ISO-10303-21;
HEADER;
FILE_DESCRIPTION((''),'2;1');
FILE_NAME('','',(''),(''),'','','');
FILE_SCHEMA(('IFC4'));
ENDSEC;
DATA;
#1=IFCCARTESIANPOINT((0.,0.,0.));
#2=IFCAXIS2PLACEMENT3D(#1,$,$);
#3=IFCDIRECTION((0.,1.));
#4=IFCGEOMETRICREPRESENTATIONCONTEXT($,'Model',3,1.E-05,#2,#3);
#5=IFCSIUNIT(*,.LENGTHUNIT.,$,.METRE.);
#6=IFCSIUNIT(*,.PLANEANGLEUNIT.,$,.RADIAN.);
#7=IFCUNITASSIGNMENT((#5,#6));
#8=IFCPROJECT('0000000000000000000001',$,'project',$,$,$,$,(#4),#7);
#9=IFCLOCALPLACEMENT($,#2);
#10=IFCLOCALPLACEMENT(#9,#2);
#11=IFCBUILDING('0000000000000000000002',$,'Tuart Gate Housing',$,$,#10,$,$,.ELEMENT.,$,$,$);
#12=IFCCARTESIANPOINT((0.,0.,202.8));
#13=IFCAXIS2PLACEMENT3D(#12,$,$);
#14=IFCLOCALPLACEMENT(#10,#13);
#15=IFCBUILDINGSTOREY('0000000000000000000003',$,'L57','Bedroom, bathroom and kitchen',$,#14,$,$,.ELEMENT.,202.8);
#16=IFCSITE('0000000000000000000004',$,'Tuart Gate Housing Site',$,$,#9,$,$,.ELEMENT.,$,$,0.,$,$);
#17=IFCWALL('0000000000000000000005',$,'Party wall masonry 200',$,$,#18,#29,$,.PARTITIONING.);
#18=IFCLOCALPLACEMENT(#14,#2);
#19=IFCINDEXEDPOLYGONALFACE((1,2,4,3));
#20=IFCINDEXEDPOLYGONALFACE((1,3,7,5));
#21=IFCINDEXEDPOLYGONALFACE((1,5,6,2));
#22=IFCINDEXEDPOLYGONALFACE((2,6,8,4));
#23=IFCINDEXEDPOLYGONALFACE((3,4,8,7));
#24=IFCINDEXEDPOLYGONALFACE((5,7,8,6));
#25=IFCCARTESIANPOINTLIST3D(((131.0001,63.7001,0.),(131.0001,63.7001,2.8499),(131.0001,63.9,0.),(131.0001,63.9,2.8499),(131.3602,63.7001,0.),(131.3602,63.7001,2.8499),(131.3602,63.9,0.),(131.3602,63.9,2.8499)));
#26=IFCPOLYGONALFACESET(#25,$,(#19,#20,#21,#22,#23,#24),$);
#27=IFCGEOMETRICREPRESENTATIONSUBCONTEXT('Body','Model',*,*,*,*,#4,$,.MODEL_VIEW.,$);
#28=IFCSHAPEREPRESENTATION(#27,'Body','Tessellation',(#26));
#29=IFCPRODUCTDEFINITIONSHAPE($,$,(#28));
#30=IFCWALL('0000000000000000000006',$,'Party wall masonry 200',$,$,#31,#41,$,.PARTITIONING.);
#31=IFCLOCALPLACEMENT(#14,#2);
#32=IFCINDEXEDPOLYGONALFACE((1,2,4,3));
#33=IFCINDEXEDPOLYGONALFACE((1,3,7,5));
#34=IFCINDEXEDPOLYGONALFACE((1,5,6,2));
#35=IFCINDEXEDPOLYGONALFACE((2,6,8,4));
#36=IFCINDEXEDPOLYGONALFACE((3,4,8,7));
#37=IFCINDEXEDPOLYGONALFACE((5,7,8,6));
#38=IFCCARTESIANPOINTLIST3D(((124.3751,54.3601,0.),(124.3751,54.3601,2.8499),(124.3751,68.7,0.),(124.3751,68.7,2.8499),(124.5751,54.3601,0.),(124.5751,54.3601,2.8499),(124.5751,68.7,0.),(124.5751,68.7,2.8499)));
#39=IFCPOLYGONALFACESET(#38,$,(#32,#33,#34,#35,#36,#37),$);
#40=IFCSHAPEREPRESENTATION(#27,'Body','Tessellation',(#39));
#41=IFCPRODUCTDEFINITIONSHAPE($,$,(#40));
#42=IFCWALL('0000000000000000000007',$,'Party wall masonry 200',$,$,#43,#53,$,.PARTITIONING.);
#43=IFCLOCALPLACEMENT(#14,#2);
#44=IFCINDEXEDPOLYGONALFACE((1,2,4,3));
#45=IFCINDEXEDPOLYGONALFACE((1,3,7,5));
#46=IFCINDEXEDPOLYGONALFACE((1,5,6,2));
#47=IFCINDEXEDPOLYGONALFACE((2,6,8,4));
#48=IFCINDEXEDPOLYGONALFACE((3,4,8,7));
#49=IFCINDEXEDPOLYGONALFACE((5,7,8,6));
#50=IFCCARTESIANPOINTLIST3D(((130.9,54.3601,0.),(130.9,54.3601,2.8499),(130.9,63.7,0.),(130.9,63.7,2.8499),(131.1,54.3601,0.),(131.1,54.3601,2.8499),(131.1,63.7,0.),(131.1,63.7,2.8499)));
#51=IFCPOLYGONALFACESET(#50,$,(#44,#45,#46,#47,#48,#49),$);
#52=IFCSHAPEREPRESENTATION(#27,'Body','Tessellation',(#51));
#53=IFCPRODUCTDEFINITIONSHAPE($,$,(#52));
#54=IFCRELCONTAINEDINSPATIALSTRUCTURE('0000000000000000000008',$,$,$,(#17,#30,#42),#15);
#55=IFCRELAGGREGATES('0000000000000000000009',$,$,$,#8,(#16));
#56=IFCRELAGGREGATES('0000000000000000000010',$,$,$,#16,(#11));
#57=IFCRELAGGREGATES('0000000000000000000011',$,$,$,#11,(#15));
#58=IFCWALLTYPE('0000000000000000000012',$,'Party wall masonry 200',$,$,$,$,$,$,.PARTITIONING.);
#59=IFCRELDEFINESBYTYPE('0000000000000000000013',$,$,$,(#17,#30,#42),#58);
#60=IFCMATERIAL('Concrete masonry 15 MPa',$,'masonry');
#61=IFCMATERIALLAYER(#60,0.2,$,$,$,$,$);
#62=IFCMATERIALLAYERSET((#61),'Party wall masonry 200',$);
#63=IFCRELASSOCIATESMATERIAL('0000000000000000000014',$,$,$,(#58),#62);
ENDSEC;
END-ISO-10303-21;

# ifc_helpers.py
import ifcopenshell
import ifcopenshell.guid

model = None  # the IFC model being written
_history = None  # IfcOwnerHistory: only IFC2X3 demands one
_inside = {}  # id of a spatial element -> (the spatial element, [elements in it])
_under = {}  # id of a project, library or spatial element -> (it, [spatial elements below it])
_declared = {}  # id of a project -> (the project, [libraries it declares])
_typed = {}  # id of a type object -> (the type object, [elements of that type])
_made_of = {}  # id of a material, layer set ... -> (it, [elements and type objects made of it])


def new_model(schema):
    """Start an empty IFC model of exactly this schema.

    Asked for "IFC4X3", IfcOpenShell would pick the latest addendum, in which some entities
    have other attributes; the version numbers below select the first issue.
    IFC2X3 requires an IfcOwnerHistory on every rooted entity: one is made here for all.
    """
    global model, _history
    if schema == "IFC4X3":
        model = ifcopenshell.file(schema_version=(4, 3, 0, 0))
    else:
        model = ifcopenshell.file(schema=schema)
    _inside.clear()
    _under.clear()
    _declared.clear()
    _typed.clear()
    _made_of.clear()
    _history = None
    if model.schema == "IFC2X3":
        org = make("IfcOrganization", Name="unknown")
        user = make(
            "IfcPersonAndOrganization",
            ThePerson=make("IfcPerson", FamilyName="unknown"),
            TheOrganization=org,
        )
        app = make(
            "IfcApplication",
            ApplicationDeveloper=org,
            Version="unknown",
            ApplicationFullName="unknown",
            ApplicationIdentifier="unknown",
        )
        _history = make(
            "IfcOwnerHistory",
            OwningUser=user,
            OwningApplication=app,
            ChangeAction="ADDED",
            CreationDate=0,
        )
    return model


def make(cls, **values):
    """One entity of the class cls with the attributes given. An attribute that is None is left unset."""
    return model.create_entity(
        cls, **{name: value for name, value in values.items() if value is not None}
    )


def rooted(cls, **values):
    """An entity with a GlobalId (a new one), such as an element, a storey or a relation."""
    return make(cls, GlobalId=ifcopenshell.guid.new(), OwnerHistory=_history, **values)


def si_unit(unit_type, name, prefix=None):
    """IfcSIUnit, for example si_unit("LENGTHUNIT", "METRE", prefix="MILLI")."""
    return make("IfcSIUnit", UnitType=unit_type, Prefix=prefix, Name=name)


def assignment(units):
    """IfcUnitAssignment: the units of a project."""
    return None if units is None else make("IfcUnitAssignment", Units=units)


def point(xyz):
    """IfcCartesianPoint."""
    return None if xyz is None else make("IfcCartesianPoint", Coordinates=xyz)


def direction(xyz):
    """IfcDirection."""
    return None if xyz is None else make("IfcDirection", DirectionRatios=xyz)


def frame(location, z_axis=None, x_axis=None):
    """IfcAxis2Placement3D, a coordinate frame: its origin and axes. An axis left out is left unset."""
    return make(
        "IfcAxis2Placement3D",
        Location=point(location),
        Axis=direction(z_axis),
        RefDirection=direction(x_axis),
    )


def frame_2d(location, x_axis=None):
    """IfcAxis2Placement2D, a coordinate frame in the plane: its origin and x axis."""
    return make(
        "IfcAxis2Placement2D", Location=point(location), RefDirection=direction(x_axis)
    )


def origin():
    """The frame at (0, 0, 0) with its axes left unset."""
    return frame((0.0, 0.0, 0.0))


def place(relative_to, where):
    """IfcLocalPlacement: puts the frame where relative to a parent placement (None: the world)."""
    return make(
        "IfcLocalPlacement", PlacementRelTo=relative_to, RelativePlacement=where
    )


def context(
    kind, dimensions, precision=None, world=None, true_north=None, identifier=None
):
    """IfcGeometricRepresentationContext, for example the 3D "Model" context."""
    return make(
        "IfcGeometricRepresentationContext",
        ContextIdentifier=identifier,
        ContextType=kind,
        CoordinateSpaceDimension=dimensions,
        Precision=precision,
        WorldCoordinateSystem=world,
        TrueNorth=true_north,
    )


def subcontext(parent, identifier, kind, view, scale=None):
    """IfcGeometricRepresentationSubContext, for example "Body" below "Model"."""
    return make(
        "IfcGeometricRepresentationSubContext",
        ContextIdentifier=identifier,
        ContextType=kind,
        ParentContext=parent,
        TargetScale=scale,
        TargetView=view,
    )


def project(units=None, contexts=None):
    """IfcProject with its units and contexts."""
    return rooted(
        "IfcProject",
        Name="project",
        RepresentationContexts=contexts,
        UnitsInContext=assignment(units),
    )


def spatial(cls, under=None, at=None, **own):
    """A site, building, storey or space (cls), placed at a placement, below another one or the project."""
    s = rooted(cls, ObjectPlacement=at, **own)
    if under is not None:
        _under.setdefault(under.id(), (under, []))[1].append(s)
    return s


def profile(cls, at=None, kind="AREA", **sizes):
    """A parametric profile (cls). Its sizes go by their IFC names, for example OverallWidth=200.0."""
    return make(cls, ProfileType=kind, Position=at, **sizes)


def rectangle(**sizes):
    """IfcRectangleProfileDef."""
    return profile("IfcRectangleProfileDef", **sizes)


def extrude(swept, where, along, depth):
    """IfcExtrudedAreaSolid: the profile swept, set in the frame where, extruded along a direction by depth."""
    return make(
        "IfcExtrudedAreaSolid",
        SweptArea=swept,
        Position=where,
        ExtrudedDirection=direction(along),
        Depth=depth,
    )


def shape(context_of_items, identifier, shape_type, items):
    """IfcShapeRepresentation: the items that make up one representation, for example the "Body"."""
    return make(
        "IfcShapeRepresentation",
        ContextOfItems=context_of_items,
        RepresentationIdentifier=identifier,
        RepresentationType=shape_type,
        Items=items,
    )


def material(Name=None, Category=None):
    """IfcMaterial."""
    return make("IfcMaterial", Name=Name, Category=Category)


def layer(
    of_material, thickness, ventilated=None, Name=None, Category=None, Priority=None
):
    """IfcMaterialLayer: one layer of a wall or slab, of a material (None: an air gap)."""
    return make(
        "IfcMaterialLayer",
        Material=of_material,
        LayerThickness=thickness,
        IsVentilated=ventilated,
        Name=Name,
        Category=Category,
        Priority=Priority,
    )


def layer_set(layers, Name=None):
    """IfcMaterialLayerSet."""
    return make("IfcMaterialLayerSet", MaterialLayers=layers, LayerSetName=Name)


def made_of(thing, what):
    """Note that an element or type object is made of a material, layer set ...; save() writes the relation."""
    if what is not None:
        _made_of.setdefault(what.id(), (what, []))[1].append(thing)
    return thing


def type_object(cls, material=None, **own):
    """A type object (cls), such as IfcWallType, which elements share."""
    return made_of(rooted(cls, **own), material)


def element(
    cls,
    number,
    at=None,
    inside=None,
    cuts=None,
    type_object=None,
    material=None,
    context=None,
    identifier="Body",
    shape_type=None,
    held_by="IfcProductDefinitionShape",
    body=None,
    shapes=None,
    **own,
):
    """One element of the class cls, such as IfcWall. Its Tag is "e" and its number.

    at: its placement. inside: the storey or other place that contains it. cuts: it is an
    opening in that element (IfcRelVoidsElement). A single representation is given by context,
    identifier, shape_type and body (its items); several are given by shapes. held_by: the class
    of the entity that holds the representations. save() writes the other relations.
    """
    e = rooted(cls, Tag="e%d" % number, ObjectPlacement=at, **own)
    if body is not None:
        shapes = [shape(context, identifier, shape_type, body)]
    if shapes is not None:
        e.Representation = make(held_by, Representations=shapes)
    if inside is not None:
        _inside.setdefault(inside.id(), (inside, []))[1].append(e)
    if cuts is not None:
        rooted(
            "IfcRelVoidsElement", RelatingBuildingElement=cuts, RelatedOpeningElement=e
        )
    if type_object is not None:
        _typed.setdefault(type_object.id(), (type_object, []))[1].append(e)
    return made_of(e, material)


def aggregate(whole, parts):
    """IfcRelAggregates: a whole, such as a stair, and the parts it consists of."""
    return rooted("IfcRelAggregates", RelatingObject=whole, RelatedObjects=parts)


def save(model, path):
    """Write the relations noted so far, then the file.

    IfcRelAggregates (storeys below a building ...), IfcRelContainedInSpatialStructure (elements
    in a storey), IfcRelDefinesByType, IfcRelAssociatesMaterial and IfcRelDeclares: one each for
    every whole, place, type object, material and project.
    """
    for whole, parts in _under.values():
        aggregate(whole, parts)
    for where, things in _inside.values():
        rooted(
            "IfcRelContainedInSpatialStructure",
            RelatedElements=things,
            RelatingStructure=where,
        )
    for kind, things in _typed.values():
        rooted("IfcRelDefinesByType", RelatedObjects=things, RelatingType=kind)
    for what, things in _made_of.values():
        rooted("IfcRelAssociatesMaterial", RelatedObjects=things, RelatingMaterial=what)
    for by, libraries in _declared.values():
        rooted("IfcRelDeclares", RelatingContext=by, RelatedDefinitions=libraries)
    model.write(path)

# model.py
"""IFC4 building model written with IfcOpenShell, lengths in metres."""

from ifc_helpers import new_model, si_unit, direction, frame, frame_2d, origin, place, context, subcontext, project, spatial, rectangle, extrude, material, layer, layer_set, type_object, element, save


model = new_model("IFC4")

# Units and contexts
model_context = context("Model", 3, precision=1e-05, world=origin(), true_north=direction((0.0, 1.0)))
body_context = subcontext(model_context, "Body", "Model", "MODEL_VIEW")
ifc_project = project(units=[si_unit("LENGTHUNIT", "METRE"), si_unit("PLANEANGLEUNIT", "RADIAN")], contexts=[model_context])

# Site, building, storey
site_placement = place(None, origin())
site = spatial("IfcSite", under=ifc_project, at=site_placement, Name="Tuart Gate Housing Site", CompositionType="ELEMENT", RefElevation=0.0)
building_placement = place(site_placement, origin())
building = spatial("IfcBuilding", under=site, at=building_placement, Name="Tuart Gate Housing", CompositionType="ELEMENT")
storey_placement = place(building_placement, frame((0.0, 0.0, 202.8)))
storey = spatial("IfcBuildingStorey", under=building, at=storey_placement, Name="L57", Description="Bedroom, bathroom and kitchen", CompositionType="ELEMENT", Elevation=202.8)

# Walls
ifc_material_1 = material(Name="Concrete masonry 15 MPa", Category="masonry")
ifc_layer_1 = layer(ifc_material_1, 0.2)
ifc_layer_set_1 = layer_set([ifc_layer_1], Name="Party wall masonry 200")
wall_type_1 = type_object("IfcWallType", Name="Party wall masonry 200", PredefinedType="PARTITIONING", material=ifc_layer_set_1)
wall_1_placement = place(storey_placement, frame((131.0, 63.8, 0.0), z_axis=(0.0, 0.0, 1.0), x_axis=(1.0, 0.0, 0.0)))
element("IfcWall", 1, at=wall_1_placement, inside=storey, type_object=wall_type_1, Name="Party wall masonry 200", PredefinedType="PARTITIONING", context=body_context, shape_type="SweptSolid", body=[
    extrude(rectangle(XDim=0.3601, YDim=0.2, at=frame_2d((0.1802, 0.0))), origin(), (0.0, 0.0, 1.0), 2.8499),
])
wall_2_placement = place(storey_placement, frame((124.4751, 54.3601, 0.0), z_axis=(0.0, 0.0, 1.0), x_axis=(0.0, 1.0, 0.0)))
element("IfcWall", 2, at=wall_2_placement, inside=storey, type_object=wall_type_1, Name="Party wall masonry 200", PredefinedType="PARTITIONING", context=body_context, shape_type="SweptSolid", body=[
    extrude(rectangle(XDim=14.3398, YDim=0.2, at=frame_2d((7.1699, 0.0))), origin(), (0.0, 0.0, 1.0), 2.8499),
])
wall_3_placement = place(storey_placement, frame((131.0, 54.3601, 0.0), z_axis=(0.0, 0.0, 1.0), x_axis=(0.0, 1.0, 0.0)))
element("IfcWall", 3, at=wall_3_placement, inside=storey, type_object=wall_type_1, Name="Party wall masonry 200", PredefinedType="PARTITIONING", context=body_context, shape_type="SweptSolid", body=[
    extrude(rectangle(XDim=9.3398, YDim=0.2, at=frame_2d((4.6699, 0.0))), origin(), (0.0, 0.0, 1.0), 2.8499),
])

save(model, "model.ifc")
